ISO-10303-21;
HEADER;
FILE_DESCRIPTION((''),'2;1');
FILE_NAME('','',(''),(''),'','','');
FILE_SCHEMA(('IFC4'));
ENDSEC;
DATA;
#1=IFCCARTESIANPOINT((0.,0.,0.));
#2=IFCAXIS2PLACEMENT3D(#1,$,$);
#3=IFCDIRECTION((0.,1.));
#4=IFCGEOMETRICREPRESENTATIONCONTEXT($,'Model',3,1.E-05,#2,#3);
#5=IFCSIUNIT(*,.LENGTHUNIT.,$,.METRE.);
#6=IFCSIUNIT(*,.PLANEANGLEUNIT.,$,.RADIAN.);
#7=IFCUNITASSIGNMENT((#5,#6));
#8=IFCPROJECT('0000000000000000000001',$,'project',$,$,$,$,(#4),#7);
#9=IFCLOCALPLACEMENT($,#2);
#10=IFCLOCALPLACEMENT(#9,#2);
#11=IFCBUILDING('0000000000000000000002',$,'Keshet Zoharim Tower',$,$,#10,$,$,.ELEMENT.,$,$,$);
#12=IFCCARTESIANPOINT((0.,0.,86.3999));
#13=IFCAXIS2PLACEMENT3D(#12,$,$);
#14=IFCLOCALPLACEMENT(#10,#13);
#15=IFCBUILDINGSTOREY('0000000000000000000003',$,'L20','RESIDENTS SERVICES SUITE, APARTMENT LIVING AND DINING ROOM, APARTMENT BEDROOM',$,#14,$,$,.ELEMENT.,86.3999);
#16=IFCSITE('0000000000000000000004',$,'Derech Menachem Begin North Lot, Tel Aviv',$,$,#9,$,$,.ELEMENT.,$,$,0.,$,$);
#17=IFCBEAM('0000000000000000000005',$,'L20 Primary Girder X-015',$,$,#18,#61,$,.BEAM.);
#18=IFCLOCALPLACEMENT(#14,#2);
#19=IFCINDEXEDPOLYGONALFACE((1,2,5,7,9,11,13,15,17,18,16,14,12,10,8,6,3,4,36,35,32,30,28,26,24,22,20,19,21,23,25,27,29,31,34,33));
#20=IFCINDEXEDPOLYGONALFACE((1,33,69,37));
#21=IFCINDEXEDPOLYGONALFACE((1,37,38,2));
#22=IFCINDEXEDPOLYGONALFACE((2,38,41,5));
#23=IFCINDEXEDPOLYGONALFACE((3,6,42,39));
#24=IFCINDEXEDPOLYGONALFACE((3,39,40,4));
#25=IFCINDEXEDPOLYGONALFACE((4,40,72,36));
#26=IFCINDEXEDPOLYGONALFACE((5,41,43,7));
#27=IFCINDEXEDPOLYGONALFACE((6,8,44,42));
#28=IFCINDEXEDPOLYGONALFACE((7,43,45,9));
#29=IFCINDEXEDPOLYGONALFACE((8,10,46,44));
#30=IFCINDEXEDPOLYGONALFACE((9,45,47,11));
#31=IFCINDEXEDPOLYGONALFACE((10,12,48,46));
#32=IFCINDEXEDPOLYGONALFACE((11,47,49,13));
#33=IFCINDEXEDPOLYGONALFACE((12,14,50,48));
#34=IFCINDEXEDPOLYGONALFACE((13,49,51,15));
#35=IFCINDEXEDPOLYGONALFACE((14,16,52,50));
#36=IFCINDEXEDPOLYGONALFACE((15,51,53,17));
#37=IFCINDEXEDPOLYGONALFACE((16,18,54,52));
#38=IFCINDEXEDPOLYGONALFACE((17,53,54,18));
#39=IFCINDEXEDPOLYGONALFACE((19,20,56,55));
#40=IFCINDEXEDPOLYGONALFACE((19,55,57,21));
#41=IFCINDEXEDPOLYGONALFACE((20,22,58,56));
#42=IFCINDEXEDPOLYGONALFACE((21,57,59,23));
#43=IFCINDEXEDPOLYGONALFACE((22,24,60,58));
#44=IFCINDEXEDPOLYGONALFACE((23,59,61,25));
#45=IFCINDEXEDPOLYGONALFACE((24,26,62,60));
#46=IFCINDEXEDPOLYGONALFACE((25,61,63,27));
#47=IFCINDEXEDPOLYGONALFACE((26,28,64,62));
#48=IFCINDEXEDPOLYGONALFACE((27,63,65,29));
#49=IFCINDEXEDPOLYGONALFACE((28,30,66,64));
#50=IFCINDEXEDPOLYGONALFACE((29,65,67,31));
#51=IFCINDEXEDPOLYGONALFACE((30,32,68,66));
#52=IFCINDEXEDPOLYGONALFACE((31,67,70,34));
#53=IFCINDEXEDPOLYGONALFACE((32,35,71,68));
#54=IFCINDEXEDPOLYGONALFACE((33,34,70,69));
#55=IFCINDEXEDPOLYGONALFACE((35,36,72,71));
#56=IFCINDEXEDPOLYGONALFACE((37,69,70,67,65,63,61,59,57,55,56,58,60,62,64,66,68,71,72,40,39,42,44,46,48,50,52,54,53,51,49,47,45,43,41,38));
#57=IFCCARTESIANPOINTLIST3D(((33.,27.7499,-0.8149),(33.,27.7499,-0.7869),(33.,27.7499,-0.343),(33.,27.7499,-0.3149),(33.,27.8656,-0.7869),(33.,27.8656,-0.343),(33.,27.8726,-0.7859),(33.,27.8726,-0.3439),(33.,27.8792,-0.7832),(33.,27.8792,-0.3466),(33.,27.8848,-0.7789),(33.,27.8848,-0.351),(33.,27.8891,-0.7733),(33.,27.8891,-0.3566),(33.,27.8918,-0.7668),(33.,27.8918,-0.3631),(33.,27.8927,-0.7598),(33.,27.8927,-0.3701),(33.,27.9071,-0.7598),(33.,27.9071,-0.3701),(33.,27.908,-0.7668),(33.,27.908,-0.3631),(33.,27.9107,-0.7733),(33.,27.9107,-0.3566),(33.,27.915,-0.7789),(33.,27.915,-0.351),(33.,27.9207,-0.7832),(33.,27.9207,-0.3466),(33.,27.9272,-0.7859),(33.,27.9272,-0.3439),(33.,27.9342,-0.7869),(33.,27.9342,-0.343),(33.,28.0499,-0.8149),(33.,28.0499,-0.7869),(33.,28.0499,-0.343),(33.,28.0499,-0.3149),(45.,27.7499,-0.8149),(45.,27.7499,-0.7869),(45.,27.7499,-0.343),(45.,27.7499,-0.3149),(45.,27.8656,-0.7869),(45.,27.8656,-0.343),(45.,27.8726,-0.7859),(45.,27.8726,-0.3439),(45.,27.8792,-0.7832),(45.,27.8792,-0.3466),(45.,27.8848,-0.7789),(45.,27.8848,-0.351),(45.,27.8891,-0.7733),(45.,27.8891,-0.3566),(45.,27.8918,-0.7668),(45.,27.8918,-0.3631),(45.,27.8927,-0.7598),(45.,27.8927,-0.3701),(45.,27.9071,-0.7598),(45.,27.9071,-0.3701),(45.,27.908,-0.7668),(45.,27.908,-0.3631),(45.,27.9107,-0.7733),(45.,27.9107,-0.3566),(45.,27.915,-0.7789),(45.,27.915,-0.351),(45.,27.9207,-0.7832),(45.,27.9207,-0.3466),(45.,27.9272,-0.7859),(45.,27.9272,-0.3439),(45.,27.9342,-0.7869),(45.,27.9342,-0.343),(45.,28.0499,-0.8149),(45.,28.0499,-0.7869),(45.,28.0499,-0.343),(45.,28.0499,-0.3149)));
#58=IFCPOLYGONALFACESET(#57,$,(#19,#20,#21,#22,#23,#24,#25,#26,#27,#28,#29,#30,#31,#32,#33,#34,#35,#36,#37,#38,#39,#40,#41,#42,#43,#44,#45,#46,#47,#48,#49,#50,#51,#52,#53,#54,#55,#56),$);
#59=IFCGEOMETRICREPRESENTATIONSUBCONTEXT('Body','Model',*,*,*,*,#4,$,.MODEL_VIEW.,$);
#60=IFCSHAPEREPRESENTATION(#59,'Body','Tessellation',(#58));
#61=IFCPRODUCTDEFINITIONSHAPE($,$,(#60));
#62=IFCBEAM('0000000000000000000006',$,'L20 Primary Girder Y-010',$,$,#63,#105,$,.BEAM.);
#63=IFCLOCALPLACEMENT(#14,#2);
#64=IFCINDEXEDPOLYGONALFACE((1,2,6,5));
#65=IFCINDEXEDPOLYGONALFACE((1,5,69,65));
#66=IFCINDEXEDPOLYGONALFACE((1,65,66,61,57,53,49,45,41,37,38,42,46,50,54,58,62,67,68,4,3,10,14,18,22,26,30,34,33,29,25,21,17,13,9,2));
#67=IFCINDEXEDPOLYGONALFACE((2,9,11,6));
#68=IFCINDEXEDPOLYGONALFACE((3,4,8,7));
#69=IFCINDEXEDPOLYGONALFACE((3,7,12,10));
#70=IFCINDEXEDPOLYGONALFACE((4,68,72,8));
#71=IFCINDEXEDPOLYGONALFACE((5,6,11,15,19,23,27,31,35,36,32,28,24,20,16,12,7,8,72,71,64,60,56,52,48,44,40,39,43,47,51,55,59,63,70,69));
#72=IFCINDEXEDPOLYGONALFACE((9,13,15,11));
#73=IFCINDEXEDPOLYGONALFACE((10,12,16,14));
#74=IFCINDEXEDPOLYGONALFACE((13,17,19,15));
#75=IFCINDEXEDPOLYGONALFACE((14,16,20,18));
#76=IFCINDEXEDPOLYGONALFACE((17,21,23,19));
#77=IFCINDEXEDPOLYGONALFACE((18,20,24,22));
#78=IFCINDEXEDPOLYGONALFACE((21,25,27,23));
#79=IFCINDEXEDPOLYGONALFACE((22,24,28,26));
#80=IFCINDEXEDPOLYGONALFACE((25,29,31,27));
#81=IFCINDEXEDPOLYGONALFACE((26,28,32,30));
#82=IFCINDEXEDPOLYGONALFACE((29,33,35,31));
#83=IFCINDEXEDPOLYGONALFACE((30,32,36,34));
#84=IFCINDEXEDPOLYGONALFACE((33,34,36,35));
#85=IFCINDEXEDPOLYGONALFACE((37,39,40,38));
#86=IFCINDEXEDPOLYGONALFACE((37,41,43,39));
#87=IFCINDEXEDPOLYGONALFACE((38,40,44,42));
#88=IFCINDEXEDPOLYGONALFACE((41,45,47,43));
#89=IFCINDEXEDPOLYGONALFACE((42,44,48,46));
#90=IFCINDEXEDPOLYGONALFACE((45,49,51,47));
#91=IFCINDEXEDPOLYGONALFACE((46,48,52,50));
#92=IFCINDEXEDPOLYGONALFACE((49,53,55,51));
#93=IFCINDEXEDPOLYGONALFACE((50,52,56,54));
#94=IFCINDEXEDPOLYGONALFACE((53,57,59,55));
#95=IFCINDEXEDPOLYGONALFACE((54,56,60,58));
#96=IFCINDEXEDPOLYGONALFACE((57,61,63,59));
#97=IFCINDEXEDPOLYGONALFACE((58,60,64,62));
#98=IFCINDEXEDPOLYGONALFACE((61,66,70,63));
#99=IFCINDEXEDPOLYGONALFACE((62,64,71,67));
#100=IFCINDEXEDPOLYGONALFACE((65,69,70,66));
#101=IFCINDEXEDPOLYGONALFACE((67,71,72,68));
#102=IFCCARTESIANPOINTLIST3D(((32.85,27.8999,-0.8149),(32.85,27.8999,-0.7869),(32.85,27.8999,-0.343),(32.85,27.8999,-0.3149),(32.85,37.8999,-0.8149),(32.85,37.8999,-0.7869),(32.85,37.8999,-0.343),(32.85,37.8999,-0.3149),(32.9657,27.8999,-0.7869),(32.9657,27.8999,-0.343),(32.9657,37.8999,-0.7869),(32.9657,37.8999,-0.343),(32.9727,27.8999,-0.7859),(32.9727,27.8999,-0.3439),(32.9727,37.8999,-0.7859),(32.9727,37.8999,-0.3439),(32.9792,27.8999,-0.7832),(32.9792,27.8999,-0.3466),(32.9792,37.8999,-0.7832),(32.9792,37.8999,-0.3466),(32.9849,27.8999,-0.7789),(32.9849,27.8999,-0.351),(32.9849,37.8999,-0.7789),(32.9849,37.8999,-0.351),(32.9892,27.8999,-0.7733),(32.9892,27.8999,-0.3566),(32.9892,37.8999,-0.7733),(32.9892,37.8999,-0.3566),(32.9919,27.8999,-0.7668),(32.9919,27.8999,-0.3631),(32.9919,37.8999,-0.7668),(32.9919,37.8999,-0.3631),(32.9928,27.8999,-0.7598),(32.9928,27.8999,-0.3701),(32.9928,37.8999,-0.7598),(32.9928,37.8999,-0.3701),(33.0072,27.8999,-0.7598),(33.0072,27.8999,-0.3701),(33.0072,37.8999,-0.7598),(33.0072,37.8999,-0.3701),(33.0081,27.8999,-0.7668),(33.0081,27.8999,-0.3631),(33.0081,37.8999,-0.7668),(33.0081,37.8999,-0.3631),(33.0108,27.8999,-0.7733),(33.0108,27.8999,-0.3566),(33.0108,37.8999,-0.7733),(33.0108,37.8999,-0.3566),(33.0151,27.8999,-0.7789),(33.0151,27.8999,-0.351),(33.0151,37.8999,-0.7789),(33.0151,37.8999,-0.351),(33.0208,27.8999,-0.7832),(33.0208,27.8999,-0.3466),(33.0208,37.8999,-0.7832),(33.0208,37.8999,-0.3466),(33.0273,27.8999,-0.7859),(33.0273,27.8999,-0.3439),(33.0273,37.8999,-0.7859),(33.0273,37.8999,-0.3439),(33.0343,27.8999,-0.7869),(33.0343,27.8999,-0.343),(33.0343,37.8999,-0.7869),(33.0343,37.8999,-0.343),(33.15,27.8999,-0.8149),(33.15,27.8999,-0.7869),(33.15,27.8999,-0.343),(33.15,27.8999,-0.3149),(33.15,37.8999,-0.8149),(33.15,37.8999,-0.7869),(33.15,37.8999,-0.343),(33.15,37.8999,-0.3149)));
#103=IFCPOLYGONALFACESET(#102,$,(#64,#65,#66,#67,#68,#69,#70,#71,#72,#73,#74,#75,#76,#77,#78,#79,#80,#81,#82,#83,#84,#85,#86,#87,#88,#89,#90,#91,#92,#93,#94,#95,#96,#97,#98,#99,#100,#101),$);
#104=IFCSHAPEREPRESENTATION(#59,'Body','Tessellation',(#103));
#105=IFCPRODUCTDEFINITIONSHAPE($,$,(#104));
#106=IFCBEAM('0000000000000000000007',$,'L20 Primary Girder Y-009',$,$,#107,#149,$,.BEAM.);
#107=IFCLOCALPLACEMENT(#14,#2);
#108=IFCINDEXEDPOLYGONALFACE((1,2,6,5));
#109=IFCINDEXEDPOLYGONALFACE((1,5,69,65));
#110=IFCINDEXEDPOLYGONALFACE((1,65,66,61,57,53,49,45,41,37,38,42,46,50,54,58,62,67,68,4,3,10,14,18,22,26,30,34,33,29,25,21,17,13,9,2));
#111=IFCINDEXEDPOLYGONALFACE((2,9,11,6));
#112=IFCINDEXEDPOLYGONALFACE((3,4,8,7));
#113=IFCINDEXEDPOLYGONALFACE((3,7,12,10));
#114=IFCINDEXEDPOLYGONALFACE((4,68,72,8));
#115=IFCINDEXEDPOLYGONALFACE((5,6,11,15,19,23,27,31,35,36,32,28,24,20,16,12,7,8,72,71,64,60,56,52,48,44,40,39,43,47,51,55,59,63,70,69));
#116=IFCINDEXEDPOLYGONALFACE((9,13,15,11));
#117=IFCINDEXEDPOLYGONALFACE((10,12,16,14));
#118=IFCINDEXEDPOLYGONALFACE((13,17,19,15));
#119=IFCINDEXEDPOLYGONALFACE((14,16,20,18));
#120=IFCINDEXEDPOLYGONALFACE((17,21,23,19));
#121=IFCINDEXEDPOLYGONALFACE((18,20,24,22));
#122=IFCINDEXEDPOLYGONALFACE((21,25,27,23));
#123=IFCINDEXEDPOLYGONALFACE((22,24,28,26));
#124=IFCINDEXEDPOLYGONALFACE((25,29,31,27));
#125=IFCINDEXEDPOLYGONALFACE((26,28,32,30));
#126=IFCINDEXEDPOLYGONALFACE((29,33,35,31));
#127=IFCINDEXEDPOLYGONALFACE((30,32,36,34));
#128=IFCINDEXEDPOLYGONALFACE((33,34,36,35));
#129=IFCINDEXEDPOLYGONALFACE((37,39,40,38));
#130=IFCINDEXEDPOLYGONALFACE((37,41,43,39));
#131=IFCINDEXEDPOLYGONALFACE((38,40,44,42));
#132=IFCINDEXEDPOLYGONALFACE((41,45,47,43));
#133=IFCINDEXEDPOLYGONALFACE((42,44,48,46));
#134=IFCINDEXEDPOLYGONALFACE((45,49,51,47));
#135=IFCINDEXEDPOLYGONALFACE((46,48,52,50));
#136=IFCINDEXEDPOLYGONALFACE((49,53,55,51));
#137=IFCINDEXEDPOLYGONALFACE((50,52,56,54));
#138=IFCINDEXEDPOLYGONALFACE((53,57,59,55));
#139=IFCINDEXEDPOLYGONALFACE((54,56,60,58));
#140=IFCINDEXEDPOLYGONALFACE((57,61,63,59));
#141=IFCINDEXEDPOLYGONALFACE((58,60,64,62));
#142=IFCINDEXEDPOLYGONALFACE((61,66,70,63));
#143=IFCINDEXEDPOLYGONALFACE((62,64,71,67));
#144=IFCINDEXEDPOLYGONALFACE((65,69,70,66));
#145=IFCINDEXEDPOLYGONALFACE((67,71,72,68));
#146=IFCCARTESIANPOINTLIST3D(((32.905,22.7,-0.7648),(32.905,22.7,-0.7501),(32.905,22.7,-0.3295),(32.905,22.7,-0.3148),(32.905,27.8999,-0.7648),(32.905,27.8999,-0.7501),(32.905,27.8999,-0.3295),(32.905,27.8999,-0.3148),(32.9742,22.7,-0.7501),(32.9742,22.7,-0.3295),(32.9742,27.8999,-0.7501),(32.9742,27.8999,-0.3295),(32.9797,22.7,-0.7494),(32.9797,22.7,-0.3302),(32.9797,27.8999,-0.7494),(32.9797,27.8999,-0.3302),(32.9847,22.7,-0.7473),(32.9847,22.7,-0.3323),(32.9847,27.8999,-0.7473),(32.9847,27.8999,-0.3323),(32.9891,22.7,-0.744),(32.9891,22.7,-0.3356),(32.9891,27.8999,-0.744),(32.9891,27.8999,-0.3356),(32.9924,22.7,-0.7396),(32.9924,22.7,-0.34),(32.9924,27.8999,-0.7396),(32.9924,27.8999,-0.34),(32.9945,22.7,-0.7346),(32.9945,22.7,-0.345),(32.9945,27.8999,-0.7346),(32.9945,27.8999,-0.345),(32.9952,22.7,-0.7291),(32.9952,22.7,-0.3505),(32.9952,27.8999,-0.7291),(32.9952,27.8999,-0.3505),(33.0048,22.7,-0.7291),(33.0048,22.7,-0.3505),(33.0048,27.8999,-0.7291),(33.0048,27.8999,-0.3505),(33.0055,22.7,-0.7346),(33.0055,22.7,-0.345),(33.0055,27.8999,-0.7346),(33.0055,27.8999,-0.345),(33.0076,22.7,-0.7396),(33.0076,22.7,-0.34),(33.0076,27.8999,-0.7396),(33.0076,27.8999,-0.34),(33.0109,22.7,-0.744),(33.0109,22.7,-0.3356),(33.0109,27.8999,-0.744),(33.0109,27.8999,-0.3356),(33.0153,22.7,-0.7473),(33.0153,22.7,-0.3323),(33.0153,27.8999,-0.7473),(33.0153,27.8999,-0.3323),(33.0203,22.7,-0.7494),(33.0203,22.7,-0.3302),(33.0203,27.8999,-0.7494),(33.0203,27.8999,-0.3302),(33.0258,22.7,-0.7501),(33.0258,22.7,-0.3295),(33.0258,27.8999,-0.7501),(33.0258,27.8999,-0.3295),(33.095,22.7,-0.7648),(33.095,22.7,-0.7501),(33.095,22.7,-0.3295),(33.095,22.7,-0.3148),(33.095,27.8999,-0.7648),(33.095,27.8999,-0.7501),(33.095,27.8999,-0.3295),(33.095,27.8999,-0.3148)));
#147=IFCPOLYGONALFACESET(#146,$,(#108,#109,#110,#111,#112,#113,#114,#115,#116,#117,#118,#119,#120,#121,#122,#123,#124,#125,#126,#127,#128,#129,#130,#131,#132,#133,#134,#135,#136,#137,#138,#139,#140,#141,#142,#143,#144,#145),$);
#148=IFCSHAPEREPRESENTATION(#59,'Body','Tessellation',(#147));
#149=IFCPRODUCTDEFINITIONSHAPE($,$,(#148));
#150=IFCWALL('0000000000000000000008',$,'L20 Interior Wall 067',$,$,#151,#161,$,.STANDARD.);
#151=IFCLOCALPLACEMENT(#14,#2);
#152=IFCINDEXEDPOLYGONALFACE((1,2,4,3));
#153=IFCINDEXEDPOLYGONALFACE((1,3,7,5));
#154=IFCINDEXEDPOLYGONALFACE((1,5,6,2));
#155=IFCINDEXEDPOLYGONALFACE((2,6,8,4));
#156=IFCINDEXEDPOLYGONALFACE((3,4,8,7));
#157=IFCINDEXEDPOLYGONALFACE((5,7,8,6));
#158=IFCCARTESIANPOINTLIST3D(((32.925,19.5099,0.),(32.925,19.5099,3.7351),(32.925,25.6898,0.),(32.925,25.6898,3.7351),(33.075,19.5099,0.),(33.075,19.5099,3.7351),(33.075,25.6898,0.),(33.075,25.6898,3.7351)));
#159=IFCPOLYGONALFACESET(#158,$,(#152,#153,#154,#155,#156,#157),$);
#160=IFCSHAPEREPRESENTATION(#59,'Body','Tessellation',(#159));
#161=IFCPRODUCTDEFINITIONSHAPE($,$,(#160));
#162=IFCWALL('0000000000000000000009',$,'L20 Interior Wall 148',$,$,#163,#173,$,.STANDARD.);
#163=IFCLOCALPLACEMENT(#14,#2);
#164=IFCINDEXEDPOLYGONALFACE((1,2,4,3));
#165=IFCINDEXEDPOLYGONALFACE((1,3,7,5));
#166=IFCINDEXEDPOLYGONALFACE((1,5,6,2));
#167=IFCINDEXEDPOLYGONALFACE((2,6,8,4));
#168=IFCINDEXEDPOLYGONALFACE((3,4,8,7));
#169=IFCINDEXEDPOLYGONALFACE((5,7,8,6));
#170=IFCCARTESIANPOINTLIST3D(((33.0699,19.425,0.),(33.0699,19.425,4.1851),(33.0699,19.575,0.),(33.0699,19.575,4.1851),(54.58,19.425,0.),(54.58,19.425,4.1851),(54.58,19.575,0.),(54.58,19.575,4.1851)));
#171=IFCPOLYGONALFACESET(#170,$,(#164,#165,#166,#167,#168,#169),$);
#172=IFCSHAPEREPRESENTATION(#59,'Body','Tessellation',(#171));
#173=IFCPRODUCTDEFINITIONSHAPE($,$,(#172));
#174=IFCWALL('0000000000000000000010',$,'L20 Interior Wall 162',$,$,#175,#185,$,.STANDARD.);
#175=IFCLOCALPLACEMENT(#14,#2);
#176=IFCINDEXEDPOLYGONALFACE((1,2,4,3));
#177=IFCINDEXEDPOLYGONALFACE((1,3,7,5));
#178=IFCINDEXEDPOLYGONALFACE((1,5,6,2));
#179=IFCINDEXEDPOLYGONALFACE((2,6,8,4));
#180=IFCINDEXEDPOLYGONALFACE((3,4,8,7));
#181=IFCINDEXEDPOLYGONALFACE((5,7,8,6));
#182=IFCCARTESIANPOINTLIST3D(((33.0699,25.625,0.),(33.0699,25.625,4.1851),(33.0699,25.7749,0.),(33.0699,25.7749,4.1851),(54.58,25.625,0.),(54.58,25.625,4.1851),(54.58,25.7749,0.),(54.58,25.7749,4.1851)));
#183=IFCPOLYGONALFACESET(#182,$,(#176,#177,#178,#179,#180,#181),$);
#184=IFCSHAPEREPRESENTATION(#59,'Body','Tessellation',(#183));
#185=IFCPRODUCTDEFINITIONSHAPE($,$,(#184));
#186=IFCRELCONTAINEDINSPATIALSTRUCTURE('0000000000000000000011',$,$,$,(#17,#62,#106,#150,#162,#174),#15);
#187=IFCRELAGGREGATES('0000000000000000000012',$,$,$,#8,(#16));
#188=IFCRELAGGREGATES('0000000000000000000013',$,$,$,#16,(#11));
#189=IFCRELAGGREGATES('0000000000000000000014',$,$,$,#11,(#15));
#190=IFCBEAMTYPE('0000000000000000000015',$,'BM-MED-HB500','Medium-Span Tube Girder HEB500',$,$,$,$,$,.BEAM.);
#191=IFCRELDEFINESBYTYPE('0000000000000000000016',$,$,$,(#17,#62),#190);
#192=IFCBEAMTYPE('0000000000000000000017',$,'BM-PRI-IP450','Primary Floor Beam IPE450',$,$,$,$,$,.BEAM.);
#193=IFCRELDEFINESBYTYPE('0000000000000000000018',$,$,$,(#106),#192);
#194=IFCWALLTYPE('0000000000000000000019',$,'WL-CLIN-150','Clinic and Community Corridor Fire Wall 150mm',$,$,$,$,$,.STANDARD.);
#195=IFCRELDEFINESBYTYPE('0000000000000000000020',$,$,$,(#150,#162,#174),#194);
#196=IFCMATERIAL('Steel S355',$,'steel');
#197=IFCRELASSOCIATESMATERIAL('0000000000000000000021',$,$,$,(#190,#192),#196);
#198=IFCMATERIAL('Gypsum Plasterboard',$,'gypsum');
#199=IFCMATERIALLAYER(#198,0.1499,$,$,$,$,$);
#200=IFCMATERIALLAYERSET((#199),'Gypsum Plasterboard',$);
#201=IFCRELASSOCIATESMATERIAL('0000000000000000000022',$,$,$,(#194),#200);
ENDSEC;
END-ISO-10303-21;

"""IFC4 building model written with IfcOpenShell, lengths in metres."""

from ifc_helpers import new_model, si_unit, direction, frame, frame_2d, origin, origin_2d, place, context, subcontext, project, spatial, rectangle, i_section, extrude, material, layer, layer_set, material_profile, profile_set, type_object, element, save


model = new_model("IFC4")

# Units and contexts
model_context = context("Model", 3, precision=1e-05, world=origin(), true_north=direction((0.0, 1.0)))
body_context = subcontext(model_context, "Body", "Model", "MODEL_VIEW")
ifc_project = project(units=[si_unit("LENGTHUNIT", "METRE"), si_unit("PLANEANGLEUNIT", "RADIAN")], contexts=[model_context])

# Site, building, storey
site_placement = place(None, origin())
site = spatial("IfcSite", under=ifc_project, at=site_placement, Name="Derech Menachem Begin North Lot, Tel Aviv", CompositionType="ELEMENT", RefElevation=0.0)
building_placement = place(site_placement, origin())
building = spatial("IfcBuilding", under=site, at=building_placement, Name="Keshet Zoharim Tower", CompositionType="ELEMENT")
storey_placement = place(building_placement, frame((0.0, 0.0, 86.3999)))
storey = spatial("IfcBuildingStorey", under=building, at=storey_placement, Name="L20", Description="RESIDENTS SERVICES SUITE, APARTMENT LIVING AND DINING ROOM, APARTMENT BEDROOM", CompositionType="ELEMENT", Elevation=86.3999)

# Beams
ifc_material_1 = material(Name="Steel S355", Category="steel")
ifc_material_profile_1 = material_profile(ifc_material_1, i_section(OverallWidth=0.3, OverallDepth=0.5, WebThickness=0.0144, FlangeThickness=0.0281, FilletRadius=0.0271, at=origin_2d()), Name="HEB500")
ifc_profile_set_1 = profile_set([ifc_material_profile_1], Name="Steel S355")
beam_type_1 = type_object("IfcBeamType", Name="BM-MED-HB500", Description="Medium-Span Tube Girder HEB500", PredefinedType="BEAM", material=ifc_profile_set_1)
beam_1_placement = place(storey_placement, frame((33.0, 27.8999, -0.5649), z_axis=(1.0, 0.0, 0.0), x_axis=(0.0, 1.0, 0.0)))
element("IfcBeam", 1, at=beam_1_placement, inside=storey, type_object=beam_type_1, Name="L20 Primary Girder X-015", PredefinedType="BEAM", context=body_context, shape_type="SweptSolid", body=[
    extrude(i_section(OverallWidth=0.3, OverallDepth=0.5, WebThickness=0.0144, FlangeThickness=0.0281, FilletRadius=0.0271, at=origin_2d()), origin(), (0.0, 0.0, 1.0), 12.0),
])
beam_2_placement = place(storey_placement, frame((33.0, 27.8999, -0.5649), z_axis=(0.0, 1.0, 0.0), x_axis=(-1.0, 0.0, 0.0)))
element("IfcBeam", 2, at=beam_2_placement, inside=storey, type_object=beam_type_1, Name="L20 Primary Girder Y-010", PredefinedType="BEAM", context=body_context, shape_type="SweptSolid", body=[
    extrude(i_section(OverallWidth=0.3, OverallDepth=0.5, WebThickness=0.0144, FlangeThickness=0.0281, FilletRadius=0.0271, at=origin_2d()), origin(), (0.0, 0.0, 1.0), 10.0),
])
ifc_material_profile_2 = material_profile(ifc_material_1, i_section(OverallWidth=0.1899, OverallDepth=0.45, WebThickness=0.0095, FlangeThickness=0.0146, FilletRadius=0.021, at=origin_2d()), Name="IPE450")
ifc_profile_set_2 = profile_set([ifc_material_profile_2], Name="Steel S355")
beam_type_2 = type_object("IfcBeamType", Name="BM-PRI-IP450", Description="Primary Floor Beam IPE450", PredefinedType="BEAM", material=ifc_profile_set_2)
beam_3_placement = place(storey_placement, frame((33.0, 22.7, -0.5398), z_axis=(0.0, 1.0, 0.0), x_axis=(-1.0, 0.0, 0.0)))
element("IfcBeam", 3, at=beam_3_placement, inside=storey, type_object=beam_type_2, Name="L20 Primary Girder Y-009", PredefinedType="BEAM", context=body_context, shape_type="SweptSolid", body=[
    extrude(i_section(OverallWidth=0.1899, OverallDepth=0.45, WebThickness=0.0095, FlangeThickness=0.0146, FilletRadius=0.021, at=origin_2d()), origin(), (0.0, 0.0, 1.0), 5.2),
])

# Walls
ifc_material_2 = material(Name="Gypsum Plasterboard", Category="gypsum")
ifc_layer_1 = layer(ifc_material_2, 0.1499)
ifc_layer_set_1 = layer_set([ifc_layer_1], Name="Gypsum Plasterboard")
wall_type_1 = type_object("IfcWallType", Name="WL-CLIN-150", Description="Clinic and Community Corridor Fire Wall 150mm", PredefinedType="STANDARD", material=ifc_layer_set_1)
wall_1_placement = place(storey_placement, frame((33.0, 19.51, 0.0), z_axis=(0.0, 0.0, 1.0), x_axis=(0.0, 1.0, 0.0)))
element("IfcWall", 4, at=wall_1_placement, inside=storey, type_object=wall_type_1, Name="L20 Interior Wall 067", PredefinedType="STANDARD", context=body_context, shape_type="SweptSolid", body=[
    extrude(rectangle(XDim=6.1799, YDim=0.1499, at=frame_2d((3.0898, 0.0))), origin(), (0.0, 0.0, 1.0), 3.7351),
])
for number, where, z_axis, x_axis, name in (
    (5, (33.0701, 19.5, 0.0), (0.0, 0.0, 1.0), (1.0, 0.0, 0.0), "L20 Interior Wall 148"),
    (6, (33.0701, 25.7, 0.0), (0.0, 0.0, 1.0), (1.0, 0.0, 0.0), "L20 Interior Wall 162"),
):
    element("IfcWall", number, at=place(storey_placement, frame(where, z_axis=z_axis, x_axis=x_axis)), inside=storey, type_object=wall_type_1, Name=name, PredefinedType="STANDARD", context=body_context, shape_type="SweptSolid", body=[
        extrude(rectangle(XDim=21.51, YDim=0.1499, at=frame_2d((10.7549, 0.0))), origin(), (0.0, 0.0, 1.0), 4.1851),
    ])

save(model, "model.ifc")
